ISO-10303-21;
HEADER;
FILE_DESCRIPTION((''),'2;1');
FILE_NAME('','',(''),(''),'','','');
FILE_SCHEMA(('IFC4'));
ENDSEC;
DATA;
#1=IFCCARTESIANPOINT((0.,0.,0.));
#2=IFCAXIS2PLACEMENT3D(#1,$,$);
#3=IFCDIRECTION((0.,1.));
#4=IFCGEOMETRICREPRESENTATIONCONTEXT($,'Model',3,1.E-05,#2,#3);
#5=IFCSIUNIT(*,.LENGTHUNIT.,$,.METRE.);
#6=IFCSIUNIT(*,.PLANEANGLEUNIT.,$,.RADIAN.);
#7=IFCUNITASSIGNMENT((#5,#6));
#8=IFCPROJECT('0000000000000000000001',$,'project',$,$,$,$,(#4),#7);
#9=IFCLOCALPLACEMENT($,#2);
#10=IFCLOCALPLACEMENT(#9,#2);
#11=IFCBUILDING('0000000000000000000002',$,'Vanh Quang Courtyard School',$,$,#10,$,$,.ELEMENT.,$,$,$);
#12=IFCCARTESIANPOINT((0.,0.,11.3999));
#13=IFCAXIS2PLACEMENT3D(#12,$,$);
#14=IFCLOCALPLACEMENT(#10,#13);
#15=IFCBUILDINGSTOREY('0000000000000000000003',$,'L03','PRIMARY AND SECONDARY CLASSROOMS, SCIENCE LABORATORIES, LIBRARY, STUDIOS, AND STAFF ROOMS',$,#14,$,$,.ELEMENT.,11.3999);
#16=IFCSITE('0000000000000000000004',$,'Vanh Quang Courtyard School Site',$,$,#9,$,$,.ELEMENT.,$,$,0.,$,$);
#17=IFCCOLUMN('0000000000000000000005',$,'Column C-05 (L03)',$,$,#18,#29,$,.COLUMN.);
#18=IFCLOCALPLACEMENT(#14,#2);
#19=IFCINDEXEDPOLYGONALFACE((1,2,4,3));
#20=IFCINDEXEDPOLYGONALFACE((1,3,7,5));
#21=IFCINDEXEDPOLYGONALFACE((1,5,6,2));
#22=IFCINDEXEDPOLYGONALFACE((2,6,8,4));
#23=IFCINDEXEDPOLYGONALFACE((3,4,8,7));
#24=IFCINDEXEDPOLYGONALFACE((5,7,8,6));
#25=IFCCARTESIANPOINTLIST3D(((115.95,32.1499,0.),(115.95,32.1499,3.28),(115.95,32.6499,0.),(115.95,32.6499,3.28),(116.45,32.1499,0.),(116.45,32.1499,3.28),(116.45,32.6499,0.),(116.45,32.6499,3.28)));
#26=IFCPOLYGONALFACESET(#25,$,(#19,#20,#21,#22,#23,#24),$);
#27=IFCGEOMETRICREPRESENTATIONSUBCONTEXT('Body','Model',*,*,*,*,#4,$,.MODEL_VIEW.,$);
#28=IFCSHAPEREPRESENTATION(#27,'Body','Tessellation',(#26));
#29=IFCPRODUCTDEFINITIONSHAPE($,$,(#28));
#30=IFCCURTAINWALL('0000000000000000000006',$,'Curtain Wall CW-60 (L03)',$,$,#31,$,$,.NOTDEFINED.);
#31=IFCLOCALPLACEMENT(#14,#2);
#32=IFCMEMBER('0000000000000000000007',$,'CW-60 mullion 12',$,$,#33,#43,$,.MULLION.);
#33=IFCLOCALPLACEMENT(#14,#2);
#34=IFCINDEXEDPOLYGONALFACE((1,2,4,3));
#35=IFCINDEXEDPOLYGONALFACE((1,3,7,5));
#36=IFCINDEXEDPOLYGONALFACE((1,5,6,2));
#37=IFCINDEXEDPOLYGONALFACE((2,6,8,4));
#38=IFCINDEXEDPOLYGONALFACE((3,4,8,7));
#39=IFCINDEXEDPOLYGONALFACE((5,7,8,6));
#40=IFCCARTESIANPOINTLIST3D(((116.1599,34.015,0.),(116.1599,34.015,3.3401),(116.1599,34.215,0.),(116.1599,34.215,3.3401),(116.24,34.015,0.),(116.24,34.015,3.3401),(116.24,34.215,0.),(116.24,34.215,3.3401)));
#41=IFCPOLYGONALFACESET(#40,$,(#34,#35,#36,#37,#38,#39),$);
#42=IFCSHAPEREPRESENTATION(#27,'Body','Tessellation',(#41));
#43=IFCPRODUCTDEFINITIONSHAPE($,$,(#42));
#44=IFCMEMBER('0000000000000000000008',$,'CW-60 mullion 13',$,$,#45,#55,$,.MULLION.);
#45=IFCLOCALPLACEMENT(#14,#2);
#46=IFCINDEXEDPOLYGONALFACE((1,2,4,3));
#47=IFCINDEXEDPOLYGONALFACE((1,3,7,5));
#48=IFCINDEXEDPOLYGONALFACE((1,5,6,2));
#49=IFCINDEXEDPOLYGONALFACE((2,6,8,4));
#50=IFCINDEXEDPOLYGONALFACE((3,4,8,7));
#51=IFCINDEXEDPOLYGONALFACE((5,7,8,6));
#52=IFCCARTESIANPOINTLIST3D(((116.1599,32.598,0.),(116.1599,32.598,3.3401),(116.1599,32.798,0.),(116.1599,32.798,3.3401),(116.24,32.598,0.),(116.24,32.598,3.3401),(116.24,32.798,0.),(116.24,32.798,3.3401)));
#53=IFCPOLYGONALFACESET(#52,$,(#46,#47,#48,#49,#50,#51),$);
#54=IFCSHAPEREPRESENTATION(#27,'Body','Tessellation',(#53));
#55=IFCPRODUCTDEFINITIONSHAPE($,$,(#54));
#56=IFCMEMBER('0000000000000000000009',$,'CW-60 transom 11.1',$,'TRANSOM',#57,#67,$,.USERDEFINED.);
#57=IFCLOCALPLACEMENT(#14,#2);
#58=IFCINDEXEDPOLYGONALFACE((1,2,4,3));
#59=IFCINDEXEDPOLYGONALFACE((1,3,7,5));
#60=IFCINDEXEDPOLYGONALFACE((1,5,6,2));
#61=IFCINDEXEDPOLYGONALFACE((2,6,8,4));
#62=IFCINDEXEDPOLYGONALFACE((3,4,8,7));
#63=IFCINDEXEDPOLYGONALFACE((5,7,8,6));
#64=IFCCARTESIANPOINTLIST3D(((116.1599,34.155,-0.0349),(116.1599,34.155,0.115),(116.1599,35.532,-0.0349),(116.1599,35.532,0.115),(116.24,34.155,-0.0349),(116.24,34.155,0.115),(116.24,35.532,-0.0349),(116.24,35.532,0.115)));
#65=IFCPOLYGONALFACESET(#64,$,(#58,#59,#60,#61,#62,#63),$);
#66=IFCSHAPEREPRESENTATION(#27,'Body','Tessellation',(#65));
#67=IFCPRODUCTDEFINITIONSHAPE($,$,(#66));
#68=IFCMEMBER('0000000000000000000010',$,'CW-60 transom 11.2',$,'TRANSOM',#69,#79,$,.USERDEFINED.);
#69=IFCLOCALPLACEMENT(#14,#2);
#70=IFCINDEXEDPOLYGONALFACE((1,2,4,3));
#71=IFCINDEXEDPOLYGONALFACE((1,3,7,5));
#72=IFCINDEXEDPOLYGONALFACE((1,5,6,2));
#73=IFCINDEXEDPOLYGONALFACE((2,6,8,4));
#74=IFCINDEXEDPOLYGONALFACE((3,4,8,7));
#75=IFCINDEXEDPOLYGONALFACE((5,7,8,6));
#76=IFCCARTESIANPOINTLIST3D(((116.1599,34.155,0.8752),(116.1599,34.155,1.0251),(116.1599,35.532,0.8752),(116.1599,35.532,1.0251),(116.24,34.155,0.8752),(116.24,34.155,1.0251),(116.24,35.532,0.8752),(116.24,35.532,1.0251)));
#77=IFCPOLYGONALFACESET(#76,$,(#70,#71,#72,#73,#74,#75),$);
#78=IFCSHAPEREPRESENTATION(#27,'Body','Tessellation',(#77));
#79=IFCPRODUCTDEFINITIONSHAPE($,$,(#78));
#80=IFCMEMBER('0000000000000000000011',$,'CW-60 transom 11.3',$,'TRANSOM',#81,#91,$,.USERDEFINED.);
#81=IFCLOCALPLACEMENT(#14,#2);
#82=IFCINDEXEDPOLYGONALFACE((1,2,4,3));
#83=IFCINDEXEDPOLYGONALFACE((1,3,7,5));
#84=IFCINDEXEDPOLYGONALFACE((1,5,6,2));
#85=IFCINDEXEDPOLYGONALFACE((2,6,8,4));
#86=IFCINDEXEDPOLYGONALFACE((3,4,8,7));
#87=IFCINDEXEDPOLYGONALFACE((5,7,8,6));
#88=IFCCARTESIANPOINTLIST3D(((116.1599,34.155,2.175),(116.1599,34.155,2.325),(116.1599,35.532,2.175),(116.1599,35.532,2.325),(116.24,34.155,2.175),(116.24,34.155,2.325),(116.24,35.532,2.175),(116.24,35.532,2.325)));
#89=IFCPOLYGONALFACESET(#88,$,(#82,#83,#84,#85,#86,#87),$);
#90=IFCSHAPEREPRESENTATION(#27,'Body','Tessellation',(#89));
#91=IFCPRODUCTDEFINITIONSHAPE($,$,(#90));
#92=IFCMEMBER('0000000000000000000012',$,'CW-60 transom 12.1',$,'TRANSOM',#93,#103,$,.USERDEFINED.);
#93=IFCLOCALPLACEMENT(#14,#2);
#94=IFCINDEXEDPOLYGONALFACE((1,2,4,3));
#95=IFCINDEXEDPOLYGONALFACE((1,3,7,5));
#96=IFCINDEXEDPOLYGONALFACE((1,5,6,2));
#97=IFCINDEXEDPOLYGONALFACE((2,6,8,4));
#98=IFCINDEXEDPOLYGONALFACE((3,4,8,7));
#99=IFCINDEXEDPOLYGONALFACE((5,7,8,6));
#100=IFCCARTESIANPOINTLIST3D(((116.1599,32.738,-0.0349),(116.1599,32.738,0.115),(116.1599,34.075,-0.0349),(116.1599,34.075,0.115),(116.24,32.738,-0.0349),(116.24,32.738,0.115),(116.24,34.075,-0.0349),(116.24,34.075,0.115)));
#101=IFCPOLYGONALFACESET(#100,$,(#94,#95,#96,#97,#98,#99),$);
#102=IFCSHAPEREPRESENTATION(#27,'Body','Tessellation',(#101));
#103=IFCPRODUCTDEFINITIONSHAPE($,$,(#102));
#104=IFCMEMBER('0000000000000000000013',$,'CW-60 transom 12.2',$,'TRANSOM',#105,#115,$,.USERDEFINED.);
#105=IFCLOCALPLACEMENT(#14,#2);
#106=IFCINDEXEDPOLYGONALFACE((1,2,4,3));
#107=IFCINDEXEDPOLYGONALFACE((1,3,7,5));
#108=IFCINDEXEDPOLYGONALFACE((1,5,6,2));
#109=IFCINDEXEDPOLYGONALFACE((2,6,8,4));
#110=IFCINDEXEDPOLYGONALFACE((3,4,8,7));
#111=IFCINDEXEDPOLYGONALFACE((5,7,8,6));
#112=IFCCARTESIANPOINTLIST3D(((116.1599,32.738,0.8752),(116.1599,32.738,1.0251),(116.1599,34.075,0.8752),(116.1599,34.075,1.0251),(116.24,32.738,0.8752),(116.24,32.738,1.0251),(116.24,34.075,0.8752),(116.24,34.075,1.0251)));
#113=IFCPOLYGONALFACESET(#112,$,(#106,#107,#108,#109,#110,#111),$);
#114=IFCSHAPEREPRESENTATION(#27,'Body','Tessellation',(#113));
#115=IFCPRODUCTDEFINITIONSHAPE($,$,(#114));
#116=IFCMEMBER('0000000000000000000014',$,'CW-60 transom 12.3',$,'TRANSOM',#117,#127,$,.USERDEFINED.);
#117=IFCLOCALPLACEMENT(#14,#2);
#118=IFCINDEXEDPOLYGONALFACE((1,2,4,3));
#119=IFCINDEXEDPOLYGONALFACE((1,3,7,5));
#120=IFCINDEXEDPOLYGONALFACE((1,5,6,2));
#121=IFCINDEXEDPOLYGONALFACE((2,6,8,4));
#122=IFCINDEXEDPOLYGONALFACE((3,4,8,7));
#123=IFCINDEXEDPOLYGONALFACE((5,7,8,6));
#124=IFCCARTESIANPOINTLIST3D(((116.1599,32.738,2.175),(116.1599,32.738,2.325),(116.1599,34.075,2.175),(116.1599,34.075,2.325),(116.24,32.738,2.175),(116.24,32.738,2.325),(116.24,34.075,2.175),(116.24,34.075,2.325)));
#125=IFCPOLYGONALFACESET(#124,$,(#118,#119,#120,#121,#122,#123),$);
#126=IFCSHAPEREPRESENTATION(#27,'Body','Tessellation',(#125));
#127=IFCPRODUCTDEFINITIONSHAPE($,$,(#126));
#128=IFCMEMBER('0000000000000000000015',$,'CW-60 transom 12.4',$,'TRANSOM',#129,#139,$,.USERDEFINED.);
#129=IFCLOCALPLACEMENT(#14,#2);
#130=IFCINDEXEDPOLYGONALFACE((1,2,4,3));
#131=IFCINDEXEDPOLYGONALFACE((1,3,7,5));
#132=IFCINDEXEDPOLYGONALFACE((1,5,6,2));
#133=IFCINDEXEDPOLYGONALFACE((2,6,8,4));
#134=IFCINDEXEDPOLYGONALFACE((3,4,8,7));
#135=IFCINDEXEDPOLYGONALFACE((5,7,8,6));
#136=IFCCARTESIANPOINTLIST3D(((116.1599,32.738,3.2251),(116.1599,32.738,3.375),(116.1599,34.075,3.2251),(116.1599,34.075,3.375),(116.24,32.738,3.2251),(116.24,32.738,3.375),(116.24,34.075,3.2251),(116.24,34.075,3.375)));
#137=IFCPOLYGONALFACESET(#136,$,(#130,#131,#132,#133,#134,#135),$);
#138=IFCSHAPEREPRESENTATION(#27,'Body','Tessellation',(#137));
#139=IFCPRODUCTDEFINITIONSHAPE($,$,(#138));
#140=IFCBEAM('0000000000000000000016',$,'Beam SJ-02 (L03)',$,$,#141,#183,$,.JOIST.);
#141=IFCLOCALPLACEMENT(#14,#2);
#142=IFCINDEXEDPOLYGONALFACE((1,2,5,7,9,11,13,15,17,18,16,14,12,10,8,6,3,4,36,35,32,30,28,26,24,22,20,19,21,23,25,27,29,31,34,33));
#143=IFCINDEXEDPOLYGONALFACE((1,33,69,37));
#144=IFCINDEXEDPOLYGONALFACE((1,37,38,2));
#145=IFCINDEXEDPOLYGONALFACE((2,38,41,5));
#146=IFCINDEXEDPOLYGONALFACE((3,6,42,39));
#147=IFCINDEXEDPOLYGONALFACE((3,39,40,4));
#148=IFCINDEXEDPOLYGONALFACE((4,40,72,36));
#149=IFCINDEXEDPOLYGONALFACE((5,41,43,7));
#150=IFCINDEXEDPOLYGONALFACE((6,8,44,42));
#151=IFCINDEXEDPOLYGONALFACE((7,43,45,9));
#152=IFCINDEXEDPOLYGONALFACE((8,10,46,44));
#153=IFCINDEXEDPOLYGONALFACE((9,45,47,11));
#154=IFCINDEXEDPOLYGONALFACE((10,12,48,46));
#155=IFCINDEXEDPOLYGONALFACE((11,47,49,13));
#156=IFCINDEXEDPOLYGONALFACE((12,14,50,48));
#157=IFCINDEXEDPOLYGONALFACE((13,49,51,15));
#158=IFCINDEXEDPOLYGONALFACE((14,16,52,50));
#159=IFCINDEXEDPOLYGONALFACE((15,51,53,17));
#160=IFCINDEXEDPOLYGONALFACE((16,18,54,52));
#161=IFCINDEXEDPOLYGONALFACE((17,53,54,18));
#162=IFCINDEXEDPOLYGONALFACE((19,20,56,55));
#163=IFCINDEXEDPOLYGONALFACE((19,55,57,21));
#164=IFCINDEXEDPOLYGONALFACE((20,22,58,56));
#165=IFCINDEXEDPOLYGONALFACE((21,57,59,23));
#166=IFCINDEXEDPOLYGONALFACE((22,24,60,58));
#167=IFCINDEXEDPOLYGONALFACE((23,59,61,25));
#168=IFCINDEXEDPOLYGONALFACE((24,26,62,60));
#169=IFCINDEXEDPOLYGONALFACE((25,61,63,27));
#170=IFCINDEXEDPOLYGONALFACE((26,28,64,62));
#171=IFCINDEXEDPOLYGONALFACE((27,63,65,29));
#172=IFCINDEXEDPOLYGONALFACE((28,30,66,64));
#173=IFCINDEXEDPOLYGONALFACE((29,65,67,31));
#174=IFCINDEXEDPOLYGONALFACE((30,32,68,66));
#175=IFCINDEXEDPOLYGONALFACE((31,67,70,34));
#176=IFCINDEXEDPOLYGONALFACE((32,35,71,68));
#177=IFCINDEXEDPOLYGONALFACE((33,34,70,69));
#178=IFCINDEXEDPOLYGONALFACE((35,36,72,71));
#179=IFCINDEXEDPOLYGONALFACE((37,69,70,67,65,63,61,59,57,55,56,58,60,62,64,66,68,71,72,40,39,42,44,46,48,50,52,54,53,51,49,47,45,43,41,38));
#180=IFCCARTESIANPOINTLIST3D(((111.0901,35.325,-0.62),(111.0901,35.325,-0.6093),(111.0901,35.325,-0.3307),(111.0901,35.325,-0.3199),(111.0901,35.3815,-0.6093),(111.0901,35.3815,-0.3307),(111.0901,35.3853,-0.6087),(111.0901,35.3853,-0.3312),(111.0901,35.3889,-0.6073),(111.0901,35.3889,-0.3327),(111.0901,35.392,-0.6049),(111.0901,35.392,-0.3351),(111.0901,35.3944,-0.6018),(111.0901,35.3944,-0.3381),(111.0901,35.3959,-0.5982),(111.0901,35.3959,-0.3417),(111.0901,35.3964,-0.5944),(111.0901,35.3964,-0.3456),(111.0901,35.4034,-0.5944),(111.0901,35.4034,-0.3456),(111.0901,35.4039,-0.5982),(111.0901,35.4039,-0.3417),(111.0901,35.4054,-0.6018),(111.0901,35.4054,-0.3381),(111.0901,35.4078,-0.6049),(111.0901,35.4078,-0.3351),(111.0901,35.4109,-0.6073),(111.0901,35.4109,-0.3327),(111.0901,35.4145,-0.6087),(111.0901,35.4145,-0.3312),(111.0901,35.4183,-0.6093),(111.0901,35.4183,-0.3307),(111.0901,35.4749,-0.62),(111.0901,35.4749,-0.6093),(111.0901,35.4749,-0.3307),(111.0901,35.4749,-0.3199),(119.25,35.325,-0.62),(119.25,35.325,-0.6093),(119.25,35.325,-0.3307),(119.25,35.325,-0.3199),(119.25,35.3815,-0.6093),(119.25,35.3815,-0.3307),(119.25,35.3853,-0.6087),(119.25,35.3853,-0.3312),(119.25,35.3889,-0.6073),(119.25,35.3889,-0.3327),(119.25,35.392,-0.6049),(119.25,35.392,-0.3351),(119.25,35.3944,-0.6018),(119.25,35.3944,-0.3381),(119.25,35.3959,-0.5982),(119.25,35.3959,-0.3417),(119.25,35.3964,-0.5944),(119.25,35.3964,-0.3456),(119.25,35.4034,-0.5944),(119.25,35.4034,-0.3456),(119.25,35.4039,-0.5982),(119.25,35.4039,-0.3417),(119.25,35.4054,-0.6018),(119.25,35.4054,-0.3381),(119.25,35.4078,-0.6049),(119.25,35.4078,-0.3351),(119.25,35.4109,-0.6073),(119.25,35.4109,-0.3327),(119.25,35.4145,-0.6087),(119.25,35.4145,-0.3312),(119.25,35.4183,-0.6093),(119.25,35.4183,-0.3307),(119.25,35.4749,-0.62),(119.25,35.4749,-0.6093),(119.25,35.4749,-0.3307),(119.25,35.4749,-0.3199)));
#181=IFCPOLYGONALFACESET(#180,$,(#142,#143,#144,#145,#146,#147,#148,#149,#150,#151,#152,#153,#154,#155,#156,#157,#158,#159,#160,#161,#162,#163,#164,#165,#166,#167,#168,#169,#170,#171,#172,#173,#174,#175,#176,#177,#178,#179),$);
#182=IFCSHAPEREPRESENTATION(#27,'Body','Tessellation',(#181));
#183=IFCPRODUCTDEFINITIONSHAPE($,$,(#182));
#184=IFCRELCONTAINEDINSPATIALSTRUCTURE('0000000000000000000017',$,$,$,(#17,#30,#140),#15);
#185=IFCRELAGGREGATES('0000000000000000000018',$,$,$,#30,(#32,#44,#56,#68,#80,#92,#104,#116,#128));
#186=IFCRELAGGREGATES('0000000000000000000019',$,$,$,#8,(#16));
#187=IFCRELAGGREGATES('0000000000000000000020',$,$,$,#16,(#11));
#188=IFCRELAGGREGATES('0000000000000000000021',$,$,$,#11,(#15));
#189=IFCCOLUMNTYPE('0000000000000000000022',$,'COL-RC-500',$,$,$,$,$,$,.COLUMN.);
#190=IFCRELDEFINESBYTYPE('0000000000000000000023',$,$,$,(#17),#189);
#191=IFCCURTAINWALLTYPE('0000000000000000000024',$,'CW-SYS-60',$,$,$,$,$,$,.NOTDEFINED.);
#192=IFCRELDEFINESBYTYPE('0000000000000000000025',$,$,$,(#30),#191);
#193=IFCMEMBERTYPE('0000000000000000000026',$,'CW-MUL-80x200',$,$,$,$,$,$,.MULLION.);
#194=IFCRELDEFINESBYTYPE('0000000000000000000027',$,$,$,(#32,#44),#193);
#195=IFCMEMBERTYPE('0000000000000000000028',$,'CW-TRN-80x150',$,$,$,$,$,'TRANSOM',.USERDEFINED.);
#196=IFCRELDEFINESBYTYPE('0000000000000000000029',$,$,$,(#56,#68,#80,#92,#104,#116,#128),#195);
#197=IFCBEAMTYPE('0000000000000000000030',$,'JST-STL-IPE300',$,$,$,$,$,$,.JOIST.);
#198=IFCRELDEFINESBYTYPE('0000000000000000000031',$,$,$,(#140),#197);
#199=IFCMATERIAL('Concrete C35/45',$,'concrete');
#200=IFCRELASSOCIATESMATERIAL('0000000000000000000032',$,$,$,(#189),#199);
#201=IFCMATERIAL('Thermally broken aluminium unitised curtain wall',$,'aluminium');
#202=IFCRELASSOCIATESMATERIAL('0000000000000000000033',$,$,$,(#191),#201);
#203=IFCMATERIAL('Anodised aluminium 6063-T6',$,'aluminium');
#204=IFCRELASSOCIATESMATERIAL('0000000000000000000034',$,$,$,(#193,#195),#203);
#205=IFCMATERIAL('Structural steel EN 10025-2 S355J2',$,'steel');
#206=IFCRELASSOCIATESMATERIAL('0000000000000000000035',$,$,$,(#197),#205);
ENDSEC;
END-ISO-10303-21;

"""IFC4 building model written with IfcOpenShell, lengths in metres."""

from ifc_helpers import new_model, si_unit, direction, frame, origin, origin_2d, place, context, subcontext, project, spatial, rectangle, i_section, extrude, material, material_profile, profile_set, type_object, element, aggregate, save


model = new_model("IFC4")

# Units and contexts
model_context = context("Model", 3, precision=1e-05, world=origin(), true_north=direction((0.0, 1.0)))
body_context = subcontext(model_context, "Body", "Model", "MODEL_VIEW")
ifc_project = project(units=[si_unit("LENGTHUNIT", "METRE"), si_unit("PLANEANGLEUNIT", "RADIAN")], contexts=[model_context])

# Site, building, storey
site_placement = place(None, origin())
site = spatial("IfcSite", under=ifc_project, at=site_placement, Name="Vanh Quang Courtyard School Site", CompositionType="ELEMENT", RefElevation=0.0)
building_placement = place(site_placement, origin())
building = spatial("IfcBuilding", under=site, at=building_placement, Name="Vanh Quang Courtyard School", CompositionType="ELEMENT")
storey_placement = place(building_placement, frame((0.0, 0.0, 11.3999)))
storey = spatial("IfcBuildingStorey", under=building, at=storey_placement, Name="L03", Description="PRIMARY AND SECONDARY CLASSROOMS, SCIENCE LABORATORIES, LIBRARY, STUDIOS, AND STAFF ROOMS", CompositionType="ELEMENT", Elevation=11.3999)

# Column
ifc_material_1 = material(Name="Concrete C35/45", Category="concrete")
ifc_material_profile_1 = material_profile(ifc_material_1, rectangle(XDim=0.5, YDim=0.5, at=origin_2d()), Name="RC-COL 500x500")
ifc_profile_set_1 = profile_set([ifc_material_profile_1], Name="Concrete C35/45")
column_type = type_object("IfcColumnType", Name="COL-RC-500", PredefinedType="COLUMN", material=ifc_profile_set_1)
column_placement = place(storey_placement, frame((116.2, 32.3999, 0.0), z_axis=(0.0, 0.0, 1.0), x_axis=(1.0, 0.0, 0.0)))
element("IfcColumn", 1, at=column_placement, inside=storey, type_object=column_type, Name="Column C-05 (L03)", PredefinedType="COLUMN", context=body_context, shape_type="SweptSolid", body=[
    extrude(rectangle(XDim=0.5, YDim=0.5, at=origin_2d()), origin(), (0.0, 0.0, 1.0), 3.28),
])

# Curtain wall, members
ifc_material_2 = material(Name="Thermally broken aluminium unitised curtain wall", Category="aluminium")
curtain_wall_type = type_object("IfcCurtainWallType", Name="CW-SYS-60", PredefinedType="NOTDEFINED", material=ifc_material_2)
curtain_wall_placement = place(storey_placement, origin())
curtain_wall = element("IfcCurtainWall", 2, at=curtain_wall_placement, inside=storey, type_object=curtain_wall_type, Name="Curtain Wall CW-60 (L03)", PredefinedType="NOTDEFINED")
ifc_material_3 = material(Name="Anodised aluminium 6063-T6", Category="aluminium")
ifc_material_profile_2 = material_profile(ifc_material_3, rectangle(XDim=0.0801, YDim=0.2, at=origin_2d()), Name="ALU-MUL 80x200")
ifc_profile_set_2 = profile_set([ifc_material_profile_2], Name="Anodised aluminium 6063-T6")
member_type_1 = type_object("IfcMemberType", Name="CW-MUL-80x200", PredefinedType="MULLION", material=ifc_profile_set_2)
member_1_placement = place(storey_placement, frame((116.2, 34.115, 0.0), z_axis=(0.0, 0.0, 1.0), x_axis=(1.0, 0.0, 0.0)))
member_1 = element("IfcMember", 3, at=member_1_placement, type_object=member_type_1, Name="CW-60 mullion 12", PredefinedType="MULLION", context=body_context, shape_type="SweptSolid", body=[
    extrude(rectangle(XDim=0.0801, YDim=0.2, at=origin_2d()), origin(), (0.0, 0.0, 1.0), 3.3401),
])
member_2_placement = place(storey_placement, frame((116.2, 32.698, 0.0), z_axis=(0.0, 0.0, 1.0), x_axis=(1.0, 0.0, 0.0)))
member_2 = element("IfcMember", 4, at=member_2_placement, type_object=member_type_1, Name="CW-60 mullion 13", PredefinedType="MULLION", context=body_context, shape_type="SweptSolid", body=[
    extrude(rectangle(XDim=0.0801, YDim=0.2, at=origin_2d()), origin(), (0.0, 0.0, 1.0), 3.3401),
])
ifc_material_profile_3 = material_profile(ifc_material_3, rectangle(XDim=0.0801, YDim=0.1499, at=origin_2d()), Name="ALU-TRN 80x150")
ifc_profile_set_3 = profile_set([ifc_material_profile_3], Name="Anodised aluminium 6063-T6")
member_type_2 = type_object("IfcMemberType", Name="CW-TRN-80x150", ElementType="TRANSOM", PredefinedType="USERDEFINED", material=ifc_profile_set_3)
member_3_placement = place(storey_placement, frame((116.2, 35.532, 0.04), z_axis=(0.0, -1.0, 0.0), x_axis=(1.0, 0.0, 0.0)))
member_3 = element("IfcMember", 5, at=member_3_placement, type_object=member_type_2, Name="CW-60 transom 11.1", ObjectType="TRANSOM", PredefinedType="USERDEFINED", context=body_context, shape_type="SweptSolid", body=[
    extrude(rectangle(XDim=0.0801, YDim=0.1499, at=origin_2d()), origin(), (0.0, 0.0, 1.0), 1.377),
])
member_4_placement = place(storey_placement, frame((116.2, 35.532, 0.9502), z_axis=(0.0, -1.0, 0.0), x_axis=(1.0, 0.0, 0.0)))
member_4 = element("IfcMember", 6, at=member_4_placement, type_object=member_type_2, Name="CW-60 transom 11.2", ObjectType="TRANSOM", PredefinedType="USERDEFINED", context=body_context, shape_type="SweptSolid", body=[
    extrude(rectangle(XDim=0.0801, YDim=0.1499, at=origin_2d()), origin(), (0.0, 0.0, 1.0), 1.377),
])
member_5_placement = place(storey_placement, frame((116.2, 35.532, 2.25), z_axis=(0.0, -1.0, 0.0), x_axis=(1.0, 0.0, 0.0)))
member_5 = element("IfcMember", 7, at=member_5_placement, type_object=member_type_2, Name="CW-60 transom 11.3", ObjectType="TRANSOM", PredefinedType="USERDEFINED", context=body_context, shape_type="SweptSolid", body=[
    extrude(rectangle(XDim=0.0801, YDim=0.1499, at=origin_2d()), origin(), (0.0, 0.0, 1.0), 1.377),
])
member_6_placement = place(storey_placement, frame((116.2, 34.075, 0.04), z_axis=(0.0, -1.0, 0.0), x_axis=(1.0, 0.0, 0.0)))
member_6 = element("IfcMember", 8, at=member_6_placement, type_object=member_type_2, Name="CW-60 transom 12.1", ObjectType="TRANSOM", PredefinedType="USERDEFINED", context=body_context, shape_type="SweptSolid", body=[
    extrude(rectangle(XDim=0.0801, YDim=0.1499, at=origin_2d()), origin(), (0.0, 0.0, 1.0), 1.3369),
])
member_7_placement = place(storey_placement, frame((116.2, 34.075, 0.9502), z_axis=(0.0, -1.0, 0.0), x_axis=(1.0, 0.0, 0.0)))
member_7 = element("IfcMember", 9, at=member_7_placement, type_object=member_type_2, Name="CW-60 transom 12.2", ObjectType="TRANSOM", PredefinedType="USERDEFINED", context=body_context, shape_type="SweptSolid", body=[
    extrude(rectangle(XDim=0.0801, YDim=0.1499, at=origin_2d()), origin(), (0.0, 0.0, 1.0), 1.3369),
])
member_8_placement = place(storey_placement, frame((116.2, 34.075, 2.25), z_axis=(0.0, -1.0, 0.0), x_axis=(1.0, 0.0, 0.0)))
member_8 = element("IfcMember", 10, at=member_8_placement, type_object=member_type_2, Name="CW-60 transom 12.3", ObjectType="TRANSOM", PredefinedType="USERDEFINED", context=body_context, shape_type="SweptSolid", body=[
    extrude(rectangle(XDim=0.0801, YDim=0.1499, at=origin_2d()), origin(), (0.0, 0.0, 1.0), 1.3369),
])
member_9_placement = place(storey_placement, frame((116.2, 34.075, 3.3), z_axis=(0.0, -1.0, 0.0), x_axis=(1.0, 0.0, 0.0)))
member_9 = element("IfcMember", 11, at=member_9_placement, type_object=member_type_2, Name="CW-60 transom 12.4", ObjectType="TRANSOM", PredefinedType="USERDEFINED", context=body_context, shape_type="SweptSolid", body=[
    extrude(rectangle(XDim=0.0801, YDim=0.1499, at=origin_2d()), origin(), (0.0, 0.0, 1.0), 1.3369),
])

# Beam
ifc_material_4 = material(Name="Structural steel EN 10025-2 S355J2", Category="steel")
ifc_material_profile_4 = material_profile(ifc_material_4, i_section(OverallWidth=0.1499, OverallDepth=0.3, WebThickness=0.0071, FlangeThickness=0.0107, FilletRadius=0.0149, at=origin_2d()), Name="IPE 300")
ifc_profile_set_4 = profile_set([ifc_material_profile_4], Name="Structural steel EN 10025-2 S355J2")
beam_type_1 = type_object("IfcBeamType", Name="JST-STL-IPE300", PredefinedType="JOIST", material=ifc_profile_set_4)
for number, where, z_axis, x_axis, name in (
    (12, (111.0901, 35.3999, -0.47), (1.0, 0.0, 0.0), (0.0, 1.0, 0.0), "Beam SJ-02 (L03)"),
):
    element("IfcBeam", number, at=place(storey_placement, frame(where, z_axis=z_axis, x_axis=x_axis)), inside=storey, type_object=beam_type_1, Name=name, PredefinedType="JOIST", context=body_context, shape_type="SweptSolid", body=[
        extrude(i_section(OverallWidth=0.1499, OverallDepth=0.3, WebThickness=0.0071, FlangeThickness=0.0107, FilletRadius=0.0149, at=origin_2d()), origin(), (0.0, 0.0, 1.0), 8.1599),
    ])

aggregate(curtain_wall, [member_1, member_2, member_3, member_4, member_5, member_6, member_7, member_8, member_9])

save(model, "model.ifc")
